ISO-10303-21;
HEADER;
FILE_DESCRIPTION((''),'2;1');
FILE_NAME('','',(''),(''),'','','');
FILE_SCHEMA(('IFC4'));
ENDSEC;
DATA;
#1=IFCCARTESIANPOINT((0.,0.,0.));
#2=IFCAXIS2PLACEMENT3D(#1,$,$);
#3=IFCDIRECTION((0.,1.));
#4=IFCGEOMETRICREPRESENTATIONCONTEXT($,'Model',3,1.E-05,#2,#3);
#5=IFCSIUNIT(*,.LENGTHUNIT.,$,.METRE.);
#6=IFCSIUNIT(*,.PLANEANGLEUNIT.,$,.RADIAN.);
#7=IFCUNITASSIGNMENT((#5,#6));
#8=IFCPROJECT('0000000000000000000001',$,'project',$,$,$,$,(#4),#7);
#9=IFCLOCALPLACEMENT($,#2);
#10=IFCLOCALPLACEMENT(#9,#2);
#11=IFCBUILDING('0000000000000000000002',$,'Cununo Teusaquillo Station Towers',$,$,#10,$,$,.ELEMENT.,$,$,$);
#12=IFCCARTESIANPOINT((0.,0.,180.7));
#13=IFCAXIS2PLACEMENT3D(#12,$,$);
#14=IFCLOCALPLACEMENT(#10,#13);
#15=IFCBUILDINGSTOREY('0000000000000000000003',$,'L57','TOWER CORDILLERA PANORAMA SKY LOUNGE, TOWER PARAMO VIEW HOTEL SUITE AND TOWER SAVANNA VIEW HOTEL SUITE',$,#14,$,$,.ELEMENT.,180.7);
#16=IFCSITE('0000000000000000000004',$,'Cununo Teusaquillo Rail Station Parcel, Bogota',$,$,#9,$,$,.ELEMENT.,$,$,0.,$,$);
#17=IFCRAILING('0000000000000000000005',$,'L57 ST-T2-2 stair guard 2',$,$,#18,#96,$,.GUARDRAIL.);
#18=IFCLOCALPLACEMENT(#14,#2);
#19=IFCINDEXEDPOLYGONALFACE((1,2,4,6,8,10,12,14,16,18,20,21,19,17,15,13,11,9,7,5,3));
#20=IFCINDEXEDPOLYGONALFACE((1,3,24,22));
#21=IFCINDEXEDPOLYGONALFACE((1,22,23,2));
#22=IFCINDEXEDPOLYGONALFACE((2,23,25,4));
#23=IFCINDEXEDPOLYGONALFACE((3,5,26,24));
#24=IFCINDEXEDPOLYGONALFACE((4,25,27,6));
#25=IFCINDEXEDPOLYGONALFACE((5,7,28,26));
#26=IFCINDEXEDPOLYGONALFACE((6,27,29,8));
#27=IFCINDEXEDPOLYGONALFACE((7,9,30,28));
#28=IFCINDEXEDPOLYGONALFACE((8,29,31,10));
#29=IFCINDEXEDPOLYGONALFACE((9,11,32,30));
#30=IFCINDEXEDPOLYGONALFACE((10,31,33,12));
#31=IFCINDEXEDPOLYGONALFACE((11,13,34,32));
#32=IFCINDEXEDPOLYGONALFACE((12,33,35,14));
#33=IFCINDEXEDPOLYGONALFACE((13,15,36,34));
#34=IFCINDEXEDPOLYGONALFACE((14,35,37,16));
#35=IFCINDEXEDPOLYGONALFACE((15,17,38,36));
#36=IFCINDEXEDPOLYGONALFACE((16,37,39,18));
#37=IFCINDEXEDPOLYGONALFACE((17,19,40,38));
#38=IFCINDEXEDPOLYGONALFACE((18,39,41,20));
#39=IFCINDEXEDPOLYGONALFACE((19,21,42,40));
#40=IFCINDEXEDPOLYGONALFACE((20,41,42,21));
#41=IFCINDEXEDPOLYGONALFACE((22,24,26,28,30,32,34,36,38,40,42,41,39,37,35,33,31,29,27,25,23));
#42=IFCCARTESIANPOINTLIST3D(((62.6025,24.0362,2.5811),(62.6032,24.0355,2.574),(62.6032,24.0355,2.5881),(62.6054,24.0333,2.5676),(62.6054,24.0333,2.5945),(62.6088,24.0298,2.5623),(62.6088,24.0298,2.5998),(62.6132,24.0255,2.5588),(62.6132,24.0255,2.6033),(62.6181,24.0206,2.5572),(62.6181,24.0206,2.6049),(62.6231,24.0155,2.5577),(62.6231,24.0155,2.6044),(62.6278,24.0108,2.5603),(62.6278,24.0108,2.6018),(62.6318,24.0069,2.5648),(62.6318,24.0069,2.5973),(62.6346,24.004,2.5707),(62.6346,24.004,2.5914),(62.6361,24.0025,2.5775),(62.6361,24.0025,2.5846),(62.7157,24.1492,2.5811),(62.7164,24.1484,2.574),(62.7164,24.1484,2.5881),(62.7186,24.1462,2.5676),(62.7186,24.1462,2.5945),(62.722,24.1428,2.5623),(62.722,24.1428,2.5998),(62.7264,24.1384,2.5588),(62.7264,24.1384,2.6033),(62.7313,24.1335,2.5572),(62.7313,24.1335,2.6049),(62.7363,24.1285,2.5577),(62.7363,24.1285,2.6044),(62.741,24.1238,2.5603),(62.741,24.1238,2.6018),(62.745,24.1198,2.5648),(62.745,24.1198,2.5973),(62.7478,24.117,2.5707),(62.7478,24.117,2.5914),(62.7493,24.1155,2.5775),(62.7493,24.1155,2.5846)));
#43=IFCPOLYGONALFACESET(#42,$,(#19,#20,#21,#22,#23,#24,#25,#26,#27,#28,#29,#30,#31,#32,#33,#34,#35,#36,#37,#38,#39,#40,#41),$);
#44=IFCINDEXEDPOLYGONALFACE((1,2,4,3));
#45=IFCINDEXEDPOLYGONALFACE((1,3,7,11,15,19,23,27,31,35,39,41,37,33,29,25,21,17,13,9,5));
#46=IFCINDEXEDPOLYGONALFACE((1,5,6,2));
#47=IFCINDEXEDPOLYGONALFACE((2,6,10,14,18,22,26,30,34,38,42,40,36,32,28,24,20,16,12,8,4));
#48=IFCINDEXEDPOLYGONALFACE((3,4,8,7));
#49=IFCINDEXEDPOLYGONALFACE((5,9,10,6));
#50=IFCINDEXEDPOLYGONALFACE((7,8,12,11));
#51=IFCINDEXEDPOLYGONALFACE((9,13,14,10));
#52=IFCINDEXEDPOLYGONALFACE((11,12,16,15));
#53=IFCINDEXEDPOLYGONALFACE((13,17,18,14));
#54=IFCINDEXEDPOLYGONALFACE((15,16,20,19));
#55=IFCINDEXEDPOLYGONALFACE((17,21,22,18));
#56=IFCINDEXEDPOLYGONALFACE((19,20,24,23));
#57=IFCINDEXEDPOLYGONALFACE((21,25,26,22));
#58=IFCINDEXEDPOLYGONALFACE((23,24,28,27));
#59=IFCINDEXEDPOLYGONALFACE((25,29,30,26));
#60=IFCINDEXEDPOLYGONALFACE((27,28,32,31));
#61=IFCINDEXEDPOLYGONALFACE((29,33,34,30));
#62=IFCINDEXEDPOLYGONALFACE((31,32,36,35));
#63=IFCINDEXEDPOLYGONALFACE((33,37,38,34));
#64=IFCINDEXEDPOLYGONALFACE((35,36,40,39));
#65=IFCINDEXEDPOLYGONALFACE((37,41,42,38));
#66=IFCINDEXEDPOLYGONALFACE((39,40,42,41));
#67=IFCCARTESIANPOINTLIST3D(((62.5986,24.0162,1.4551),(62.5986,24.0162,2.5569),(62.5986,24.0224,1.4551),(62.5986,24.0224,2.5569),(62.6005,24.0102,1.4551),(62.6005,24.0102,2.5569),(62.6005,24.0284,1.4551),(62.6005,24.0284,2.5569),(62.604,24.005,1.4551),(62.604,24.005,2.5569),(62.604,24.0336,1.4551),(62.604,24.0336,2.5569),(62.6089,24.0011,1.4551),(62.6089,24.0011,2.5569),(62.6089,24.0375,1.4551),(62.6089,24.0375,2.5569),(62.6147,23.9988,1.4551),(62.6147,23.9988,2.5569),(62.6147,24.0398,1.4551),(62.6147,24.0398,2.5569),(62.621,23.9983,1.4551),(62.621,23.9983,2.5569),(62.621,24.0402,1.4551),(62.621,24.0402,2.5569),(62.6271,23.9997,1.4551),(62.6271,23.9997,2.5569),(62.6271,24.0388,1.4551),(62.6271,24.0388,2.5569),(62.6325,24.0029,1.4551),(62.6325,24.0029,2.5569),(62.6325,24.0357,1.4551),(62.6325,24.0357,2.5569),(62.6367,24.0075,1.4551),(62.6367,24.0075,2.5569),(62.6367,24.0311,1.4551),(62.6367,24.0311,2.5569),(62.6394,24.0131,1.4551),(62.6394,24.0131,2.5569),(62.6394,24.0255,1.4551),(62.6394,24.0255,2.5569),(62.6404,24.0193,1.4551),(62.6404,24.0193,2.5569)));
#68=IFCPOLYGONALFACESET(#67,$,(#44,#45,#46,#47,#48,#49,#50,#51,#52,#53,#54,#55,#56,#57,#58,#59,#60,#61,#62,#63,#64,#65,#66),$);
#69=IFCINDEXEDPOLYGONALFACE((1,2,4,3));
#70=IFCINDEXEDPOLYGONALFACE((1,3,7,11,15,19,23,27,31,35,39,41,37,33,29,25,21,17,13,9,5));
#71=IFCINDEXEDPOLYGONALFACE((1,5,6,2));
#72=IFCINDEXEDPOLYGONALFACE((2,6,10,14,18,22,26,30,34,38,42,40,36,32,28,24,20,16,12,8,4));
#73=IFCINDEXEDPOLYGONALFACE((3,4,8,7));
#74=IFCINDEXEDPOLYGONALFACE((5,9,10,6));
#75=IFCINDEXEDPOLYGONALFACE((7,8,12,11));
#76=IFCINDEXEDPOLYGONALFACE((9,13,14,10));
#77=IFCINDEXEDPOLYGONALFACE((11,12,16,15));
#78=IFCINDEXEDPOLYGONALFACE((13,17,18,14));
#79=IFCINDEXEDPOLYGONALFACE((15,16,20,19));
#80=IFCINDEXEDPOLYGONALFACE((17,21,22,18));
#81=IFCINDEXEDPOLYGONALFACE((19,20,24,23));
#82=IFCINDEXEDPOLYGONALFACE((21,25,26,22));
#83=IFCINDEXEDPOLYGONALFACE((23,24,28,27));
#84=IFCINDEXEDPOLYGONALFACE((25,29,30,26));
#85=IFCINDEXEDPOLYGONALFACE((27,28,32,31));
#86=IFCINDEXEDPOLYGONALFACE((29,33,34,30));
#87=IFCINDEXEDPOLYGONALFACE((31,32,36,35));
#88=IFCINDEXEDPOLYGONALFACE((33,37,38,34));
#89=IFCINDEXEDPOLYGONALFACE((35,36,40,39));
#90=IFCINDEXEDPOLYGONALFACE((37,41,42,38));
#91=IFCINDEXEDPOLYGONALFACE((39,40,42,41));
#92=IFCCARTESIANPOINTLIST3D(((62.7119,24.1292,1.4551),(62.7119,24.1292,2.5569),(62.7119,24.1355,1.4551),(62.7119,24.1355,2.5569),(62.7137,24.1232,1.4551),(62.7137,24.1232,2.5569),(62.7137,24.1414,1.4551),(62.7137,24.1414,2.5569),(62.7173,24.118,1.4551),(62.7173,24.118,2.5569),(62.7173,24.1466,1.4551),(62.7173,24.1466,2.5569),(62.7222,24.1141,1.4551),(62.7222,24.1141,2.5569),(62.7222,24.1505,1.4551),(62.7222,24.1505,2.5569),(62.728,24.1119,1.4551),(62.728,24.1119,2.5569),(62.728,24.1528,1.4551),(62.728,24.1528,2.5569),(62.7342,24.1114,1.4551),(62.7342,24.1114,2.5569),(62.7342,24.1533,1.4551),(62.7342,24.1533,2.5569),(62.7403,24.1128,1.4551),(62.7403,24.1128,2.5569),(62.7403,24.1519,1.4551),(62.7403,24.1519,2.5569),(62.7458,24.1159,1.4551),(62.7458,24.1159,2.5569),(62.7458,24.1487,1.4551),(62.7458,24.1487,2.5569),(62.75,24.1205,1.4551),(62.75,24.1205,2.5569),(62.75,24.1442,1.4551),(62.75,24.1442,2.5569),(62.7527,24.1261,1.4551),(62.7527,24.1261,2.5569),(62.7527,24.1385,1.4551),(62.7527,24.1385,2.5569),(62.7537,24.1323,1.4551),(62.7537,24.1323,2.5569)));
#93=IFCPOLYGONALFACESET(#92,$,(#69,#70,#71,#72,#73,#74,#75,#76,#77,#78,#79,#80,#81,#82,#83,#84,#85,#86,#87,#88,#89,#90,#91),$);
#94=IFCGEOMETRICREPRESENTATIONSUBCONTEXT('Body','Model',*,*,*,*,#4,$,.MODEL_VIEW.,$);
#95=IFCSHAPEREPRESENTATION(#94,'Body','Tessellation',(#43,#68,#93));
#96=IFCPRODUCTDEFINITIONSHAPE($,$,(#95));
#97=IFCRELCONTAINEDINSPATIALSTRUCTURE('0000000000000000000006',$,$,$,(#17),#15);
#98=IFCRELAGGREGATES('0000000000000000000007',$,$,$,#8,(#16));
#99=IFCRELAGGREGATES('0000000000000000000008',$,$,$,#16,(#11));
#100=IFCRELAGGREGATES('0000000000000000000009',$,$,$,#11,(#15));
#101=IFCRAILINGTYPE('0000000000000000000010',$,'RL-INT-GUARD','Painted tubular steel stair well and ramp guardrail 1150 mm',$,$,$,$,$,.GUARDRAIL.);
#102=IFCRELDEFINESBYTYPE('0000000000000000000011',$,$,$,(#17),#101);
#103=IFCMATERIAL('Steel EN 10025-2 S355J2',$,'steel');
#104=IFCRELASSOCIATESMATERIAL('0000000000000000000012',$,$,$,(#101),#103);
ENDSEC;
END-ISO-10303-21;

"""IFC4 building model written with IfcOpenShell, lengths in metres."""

from ifc_helpers import new_model, si_unit, direction, frame, origin, origin_2d, place, context, subcontext, project, spatial, circle, extrude, material, type_object, element, save


model = new_model("IFC4")

# Units and contexts
model_context = context("Model", 3, precision=1e-05, world=origin(), true_north=direction((0.0, 1.0)))
body_context = subcontext(model_context, "Body", "Model", "MODEL_VIEW")
ifc_project = project(units=[si_unit("LENGTHUNIT", "METRE"), si_unit("PLANEANGLEUNIT", "RADIAN")], contexts=[model_context])

# Site, building, storey
site_placement = place(None, origin())
site = spatial("IfcSite", under=ifc_project, at=site_placement, Name="Cununo Teusaquillo Rail Station Parcel, Bogota", CompositionType="ELEMENT", RefElevation=0.0)
building_placement = place(site_placement, origin())
building = spatial("IfcBuilding", under=site, at=building_placement, Name="Cununo Teusaquillo Station Towers", CompositionType="ELEMENT")
storey_placement = place(building_placement, frame((0.0, 0.0, 180.7)))
storey = spatial("IfcBuildingStorey", under=building, at=storey_placement, Name="L57", Description="TOWER CORDILLERA PANORAMA SKY LOUNGE, TOWER PARAMO VIEW HOTEL SUITE AND TOWER SAVANNA VIEW HOTEL SUITE", CompositionType="ELEMENT", Elevation=180.7)

# Railing
ifc_material_1 = material(Name="Steel EN 10025-2 S355J2", Category="steel")
railing_type_1 = type_object("IfcRailingType", Name="RL-INT-GUARD", Description="Painted tubular steel stair well and ramp guardrail 1150 mm", PredefinedType="GUARDRAIL", material=ifc_material_1)
railing_1_placement = place(storey_placement, frame((62.6194, 24.0193, 1.4551)))
element("IfcRailing", 1, at=railing_1_placement, inside=storey, type_object=railing_type_1, Name="L57 ST-T2-2 stair guard 2", PredefinedType="GUARDRAIL", context=body_context, shape_type="SweptSolid", body=[
    extrude(circle(Radius=0.0239, at=origin_2d()), frame((0.0, 0.0, 1.126), z_axis=(0.707869, 0.706344, 0.0), x_axis=(-0.706344, 0.707869, 0.0)), (0.0, 0.0, 1.0), 0.1599),
    extrude(circle(Radius=0.021, at=origin_2d()), origin(), (0.0, 0.0, 1.0), 1.1018),
    extrude(circle(Radius=0.021, at=origin_2d()), frame((0.1133, 0.113, 0.0)), (0.0, 0.0, 1.0), 1.1018),
])

save(model, "model.ifc")
